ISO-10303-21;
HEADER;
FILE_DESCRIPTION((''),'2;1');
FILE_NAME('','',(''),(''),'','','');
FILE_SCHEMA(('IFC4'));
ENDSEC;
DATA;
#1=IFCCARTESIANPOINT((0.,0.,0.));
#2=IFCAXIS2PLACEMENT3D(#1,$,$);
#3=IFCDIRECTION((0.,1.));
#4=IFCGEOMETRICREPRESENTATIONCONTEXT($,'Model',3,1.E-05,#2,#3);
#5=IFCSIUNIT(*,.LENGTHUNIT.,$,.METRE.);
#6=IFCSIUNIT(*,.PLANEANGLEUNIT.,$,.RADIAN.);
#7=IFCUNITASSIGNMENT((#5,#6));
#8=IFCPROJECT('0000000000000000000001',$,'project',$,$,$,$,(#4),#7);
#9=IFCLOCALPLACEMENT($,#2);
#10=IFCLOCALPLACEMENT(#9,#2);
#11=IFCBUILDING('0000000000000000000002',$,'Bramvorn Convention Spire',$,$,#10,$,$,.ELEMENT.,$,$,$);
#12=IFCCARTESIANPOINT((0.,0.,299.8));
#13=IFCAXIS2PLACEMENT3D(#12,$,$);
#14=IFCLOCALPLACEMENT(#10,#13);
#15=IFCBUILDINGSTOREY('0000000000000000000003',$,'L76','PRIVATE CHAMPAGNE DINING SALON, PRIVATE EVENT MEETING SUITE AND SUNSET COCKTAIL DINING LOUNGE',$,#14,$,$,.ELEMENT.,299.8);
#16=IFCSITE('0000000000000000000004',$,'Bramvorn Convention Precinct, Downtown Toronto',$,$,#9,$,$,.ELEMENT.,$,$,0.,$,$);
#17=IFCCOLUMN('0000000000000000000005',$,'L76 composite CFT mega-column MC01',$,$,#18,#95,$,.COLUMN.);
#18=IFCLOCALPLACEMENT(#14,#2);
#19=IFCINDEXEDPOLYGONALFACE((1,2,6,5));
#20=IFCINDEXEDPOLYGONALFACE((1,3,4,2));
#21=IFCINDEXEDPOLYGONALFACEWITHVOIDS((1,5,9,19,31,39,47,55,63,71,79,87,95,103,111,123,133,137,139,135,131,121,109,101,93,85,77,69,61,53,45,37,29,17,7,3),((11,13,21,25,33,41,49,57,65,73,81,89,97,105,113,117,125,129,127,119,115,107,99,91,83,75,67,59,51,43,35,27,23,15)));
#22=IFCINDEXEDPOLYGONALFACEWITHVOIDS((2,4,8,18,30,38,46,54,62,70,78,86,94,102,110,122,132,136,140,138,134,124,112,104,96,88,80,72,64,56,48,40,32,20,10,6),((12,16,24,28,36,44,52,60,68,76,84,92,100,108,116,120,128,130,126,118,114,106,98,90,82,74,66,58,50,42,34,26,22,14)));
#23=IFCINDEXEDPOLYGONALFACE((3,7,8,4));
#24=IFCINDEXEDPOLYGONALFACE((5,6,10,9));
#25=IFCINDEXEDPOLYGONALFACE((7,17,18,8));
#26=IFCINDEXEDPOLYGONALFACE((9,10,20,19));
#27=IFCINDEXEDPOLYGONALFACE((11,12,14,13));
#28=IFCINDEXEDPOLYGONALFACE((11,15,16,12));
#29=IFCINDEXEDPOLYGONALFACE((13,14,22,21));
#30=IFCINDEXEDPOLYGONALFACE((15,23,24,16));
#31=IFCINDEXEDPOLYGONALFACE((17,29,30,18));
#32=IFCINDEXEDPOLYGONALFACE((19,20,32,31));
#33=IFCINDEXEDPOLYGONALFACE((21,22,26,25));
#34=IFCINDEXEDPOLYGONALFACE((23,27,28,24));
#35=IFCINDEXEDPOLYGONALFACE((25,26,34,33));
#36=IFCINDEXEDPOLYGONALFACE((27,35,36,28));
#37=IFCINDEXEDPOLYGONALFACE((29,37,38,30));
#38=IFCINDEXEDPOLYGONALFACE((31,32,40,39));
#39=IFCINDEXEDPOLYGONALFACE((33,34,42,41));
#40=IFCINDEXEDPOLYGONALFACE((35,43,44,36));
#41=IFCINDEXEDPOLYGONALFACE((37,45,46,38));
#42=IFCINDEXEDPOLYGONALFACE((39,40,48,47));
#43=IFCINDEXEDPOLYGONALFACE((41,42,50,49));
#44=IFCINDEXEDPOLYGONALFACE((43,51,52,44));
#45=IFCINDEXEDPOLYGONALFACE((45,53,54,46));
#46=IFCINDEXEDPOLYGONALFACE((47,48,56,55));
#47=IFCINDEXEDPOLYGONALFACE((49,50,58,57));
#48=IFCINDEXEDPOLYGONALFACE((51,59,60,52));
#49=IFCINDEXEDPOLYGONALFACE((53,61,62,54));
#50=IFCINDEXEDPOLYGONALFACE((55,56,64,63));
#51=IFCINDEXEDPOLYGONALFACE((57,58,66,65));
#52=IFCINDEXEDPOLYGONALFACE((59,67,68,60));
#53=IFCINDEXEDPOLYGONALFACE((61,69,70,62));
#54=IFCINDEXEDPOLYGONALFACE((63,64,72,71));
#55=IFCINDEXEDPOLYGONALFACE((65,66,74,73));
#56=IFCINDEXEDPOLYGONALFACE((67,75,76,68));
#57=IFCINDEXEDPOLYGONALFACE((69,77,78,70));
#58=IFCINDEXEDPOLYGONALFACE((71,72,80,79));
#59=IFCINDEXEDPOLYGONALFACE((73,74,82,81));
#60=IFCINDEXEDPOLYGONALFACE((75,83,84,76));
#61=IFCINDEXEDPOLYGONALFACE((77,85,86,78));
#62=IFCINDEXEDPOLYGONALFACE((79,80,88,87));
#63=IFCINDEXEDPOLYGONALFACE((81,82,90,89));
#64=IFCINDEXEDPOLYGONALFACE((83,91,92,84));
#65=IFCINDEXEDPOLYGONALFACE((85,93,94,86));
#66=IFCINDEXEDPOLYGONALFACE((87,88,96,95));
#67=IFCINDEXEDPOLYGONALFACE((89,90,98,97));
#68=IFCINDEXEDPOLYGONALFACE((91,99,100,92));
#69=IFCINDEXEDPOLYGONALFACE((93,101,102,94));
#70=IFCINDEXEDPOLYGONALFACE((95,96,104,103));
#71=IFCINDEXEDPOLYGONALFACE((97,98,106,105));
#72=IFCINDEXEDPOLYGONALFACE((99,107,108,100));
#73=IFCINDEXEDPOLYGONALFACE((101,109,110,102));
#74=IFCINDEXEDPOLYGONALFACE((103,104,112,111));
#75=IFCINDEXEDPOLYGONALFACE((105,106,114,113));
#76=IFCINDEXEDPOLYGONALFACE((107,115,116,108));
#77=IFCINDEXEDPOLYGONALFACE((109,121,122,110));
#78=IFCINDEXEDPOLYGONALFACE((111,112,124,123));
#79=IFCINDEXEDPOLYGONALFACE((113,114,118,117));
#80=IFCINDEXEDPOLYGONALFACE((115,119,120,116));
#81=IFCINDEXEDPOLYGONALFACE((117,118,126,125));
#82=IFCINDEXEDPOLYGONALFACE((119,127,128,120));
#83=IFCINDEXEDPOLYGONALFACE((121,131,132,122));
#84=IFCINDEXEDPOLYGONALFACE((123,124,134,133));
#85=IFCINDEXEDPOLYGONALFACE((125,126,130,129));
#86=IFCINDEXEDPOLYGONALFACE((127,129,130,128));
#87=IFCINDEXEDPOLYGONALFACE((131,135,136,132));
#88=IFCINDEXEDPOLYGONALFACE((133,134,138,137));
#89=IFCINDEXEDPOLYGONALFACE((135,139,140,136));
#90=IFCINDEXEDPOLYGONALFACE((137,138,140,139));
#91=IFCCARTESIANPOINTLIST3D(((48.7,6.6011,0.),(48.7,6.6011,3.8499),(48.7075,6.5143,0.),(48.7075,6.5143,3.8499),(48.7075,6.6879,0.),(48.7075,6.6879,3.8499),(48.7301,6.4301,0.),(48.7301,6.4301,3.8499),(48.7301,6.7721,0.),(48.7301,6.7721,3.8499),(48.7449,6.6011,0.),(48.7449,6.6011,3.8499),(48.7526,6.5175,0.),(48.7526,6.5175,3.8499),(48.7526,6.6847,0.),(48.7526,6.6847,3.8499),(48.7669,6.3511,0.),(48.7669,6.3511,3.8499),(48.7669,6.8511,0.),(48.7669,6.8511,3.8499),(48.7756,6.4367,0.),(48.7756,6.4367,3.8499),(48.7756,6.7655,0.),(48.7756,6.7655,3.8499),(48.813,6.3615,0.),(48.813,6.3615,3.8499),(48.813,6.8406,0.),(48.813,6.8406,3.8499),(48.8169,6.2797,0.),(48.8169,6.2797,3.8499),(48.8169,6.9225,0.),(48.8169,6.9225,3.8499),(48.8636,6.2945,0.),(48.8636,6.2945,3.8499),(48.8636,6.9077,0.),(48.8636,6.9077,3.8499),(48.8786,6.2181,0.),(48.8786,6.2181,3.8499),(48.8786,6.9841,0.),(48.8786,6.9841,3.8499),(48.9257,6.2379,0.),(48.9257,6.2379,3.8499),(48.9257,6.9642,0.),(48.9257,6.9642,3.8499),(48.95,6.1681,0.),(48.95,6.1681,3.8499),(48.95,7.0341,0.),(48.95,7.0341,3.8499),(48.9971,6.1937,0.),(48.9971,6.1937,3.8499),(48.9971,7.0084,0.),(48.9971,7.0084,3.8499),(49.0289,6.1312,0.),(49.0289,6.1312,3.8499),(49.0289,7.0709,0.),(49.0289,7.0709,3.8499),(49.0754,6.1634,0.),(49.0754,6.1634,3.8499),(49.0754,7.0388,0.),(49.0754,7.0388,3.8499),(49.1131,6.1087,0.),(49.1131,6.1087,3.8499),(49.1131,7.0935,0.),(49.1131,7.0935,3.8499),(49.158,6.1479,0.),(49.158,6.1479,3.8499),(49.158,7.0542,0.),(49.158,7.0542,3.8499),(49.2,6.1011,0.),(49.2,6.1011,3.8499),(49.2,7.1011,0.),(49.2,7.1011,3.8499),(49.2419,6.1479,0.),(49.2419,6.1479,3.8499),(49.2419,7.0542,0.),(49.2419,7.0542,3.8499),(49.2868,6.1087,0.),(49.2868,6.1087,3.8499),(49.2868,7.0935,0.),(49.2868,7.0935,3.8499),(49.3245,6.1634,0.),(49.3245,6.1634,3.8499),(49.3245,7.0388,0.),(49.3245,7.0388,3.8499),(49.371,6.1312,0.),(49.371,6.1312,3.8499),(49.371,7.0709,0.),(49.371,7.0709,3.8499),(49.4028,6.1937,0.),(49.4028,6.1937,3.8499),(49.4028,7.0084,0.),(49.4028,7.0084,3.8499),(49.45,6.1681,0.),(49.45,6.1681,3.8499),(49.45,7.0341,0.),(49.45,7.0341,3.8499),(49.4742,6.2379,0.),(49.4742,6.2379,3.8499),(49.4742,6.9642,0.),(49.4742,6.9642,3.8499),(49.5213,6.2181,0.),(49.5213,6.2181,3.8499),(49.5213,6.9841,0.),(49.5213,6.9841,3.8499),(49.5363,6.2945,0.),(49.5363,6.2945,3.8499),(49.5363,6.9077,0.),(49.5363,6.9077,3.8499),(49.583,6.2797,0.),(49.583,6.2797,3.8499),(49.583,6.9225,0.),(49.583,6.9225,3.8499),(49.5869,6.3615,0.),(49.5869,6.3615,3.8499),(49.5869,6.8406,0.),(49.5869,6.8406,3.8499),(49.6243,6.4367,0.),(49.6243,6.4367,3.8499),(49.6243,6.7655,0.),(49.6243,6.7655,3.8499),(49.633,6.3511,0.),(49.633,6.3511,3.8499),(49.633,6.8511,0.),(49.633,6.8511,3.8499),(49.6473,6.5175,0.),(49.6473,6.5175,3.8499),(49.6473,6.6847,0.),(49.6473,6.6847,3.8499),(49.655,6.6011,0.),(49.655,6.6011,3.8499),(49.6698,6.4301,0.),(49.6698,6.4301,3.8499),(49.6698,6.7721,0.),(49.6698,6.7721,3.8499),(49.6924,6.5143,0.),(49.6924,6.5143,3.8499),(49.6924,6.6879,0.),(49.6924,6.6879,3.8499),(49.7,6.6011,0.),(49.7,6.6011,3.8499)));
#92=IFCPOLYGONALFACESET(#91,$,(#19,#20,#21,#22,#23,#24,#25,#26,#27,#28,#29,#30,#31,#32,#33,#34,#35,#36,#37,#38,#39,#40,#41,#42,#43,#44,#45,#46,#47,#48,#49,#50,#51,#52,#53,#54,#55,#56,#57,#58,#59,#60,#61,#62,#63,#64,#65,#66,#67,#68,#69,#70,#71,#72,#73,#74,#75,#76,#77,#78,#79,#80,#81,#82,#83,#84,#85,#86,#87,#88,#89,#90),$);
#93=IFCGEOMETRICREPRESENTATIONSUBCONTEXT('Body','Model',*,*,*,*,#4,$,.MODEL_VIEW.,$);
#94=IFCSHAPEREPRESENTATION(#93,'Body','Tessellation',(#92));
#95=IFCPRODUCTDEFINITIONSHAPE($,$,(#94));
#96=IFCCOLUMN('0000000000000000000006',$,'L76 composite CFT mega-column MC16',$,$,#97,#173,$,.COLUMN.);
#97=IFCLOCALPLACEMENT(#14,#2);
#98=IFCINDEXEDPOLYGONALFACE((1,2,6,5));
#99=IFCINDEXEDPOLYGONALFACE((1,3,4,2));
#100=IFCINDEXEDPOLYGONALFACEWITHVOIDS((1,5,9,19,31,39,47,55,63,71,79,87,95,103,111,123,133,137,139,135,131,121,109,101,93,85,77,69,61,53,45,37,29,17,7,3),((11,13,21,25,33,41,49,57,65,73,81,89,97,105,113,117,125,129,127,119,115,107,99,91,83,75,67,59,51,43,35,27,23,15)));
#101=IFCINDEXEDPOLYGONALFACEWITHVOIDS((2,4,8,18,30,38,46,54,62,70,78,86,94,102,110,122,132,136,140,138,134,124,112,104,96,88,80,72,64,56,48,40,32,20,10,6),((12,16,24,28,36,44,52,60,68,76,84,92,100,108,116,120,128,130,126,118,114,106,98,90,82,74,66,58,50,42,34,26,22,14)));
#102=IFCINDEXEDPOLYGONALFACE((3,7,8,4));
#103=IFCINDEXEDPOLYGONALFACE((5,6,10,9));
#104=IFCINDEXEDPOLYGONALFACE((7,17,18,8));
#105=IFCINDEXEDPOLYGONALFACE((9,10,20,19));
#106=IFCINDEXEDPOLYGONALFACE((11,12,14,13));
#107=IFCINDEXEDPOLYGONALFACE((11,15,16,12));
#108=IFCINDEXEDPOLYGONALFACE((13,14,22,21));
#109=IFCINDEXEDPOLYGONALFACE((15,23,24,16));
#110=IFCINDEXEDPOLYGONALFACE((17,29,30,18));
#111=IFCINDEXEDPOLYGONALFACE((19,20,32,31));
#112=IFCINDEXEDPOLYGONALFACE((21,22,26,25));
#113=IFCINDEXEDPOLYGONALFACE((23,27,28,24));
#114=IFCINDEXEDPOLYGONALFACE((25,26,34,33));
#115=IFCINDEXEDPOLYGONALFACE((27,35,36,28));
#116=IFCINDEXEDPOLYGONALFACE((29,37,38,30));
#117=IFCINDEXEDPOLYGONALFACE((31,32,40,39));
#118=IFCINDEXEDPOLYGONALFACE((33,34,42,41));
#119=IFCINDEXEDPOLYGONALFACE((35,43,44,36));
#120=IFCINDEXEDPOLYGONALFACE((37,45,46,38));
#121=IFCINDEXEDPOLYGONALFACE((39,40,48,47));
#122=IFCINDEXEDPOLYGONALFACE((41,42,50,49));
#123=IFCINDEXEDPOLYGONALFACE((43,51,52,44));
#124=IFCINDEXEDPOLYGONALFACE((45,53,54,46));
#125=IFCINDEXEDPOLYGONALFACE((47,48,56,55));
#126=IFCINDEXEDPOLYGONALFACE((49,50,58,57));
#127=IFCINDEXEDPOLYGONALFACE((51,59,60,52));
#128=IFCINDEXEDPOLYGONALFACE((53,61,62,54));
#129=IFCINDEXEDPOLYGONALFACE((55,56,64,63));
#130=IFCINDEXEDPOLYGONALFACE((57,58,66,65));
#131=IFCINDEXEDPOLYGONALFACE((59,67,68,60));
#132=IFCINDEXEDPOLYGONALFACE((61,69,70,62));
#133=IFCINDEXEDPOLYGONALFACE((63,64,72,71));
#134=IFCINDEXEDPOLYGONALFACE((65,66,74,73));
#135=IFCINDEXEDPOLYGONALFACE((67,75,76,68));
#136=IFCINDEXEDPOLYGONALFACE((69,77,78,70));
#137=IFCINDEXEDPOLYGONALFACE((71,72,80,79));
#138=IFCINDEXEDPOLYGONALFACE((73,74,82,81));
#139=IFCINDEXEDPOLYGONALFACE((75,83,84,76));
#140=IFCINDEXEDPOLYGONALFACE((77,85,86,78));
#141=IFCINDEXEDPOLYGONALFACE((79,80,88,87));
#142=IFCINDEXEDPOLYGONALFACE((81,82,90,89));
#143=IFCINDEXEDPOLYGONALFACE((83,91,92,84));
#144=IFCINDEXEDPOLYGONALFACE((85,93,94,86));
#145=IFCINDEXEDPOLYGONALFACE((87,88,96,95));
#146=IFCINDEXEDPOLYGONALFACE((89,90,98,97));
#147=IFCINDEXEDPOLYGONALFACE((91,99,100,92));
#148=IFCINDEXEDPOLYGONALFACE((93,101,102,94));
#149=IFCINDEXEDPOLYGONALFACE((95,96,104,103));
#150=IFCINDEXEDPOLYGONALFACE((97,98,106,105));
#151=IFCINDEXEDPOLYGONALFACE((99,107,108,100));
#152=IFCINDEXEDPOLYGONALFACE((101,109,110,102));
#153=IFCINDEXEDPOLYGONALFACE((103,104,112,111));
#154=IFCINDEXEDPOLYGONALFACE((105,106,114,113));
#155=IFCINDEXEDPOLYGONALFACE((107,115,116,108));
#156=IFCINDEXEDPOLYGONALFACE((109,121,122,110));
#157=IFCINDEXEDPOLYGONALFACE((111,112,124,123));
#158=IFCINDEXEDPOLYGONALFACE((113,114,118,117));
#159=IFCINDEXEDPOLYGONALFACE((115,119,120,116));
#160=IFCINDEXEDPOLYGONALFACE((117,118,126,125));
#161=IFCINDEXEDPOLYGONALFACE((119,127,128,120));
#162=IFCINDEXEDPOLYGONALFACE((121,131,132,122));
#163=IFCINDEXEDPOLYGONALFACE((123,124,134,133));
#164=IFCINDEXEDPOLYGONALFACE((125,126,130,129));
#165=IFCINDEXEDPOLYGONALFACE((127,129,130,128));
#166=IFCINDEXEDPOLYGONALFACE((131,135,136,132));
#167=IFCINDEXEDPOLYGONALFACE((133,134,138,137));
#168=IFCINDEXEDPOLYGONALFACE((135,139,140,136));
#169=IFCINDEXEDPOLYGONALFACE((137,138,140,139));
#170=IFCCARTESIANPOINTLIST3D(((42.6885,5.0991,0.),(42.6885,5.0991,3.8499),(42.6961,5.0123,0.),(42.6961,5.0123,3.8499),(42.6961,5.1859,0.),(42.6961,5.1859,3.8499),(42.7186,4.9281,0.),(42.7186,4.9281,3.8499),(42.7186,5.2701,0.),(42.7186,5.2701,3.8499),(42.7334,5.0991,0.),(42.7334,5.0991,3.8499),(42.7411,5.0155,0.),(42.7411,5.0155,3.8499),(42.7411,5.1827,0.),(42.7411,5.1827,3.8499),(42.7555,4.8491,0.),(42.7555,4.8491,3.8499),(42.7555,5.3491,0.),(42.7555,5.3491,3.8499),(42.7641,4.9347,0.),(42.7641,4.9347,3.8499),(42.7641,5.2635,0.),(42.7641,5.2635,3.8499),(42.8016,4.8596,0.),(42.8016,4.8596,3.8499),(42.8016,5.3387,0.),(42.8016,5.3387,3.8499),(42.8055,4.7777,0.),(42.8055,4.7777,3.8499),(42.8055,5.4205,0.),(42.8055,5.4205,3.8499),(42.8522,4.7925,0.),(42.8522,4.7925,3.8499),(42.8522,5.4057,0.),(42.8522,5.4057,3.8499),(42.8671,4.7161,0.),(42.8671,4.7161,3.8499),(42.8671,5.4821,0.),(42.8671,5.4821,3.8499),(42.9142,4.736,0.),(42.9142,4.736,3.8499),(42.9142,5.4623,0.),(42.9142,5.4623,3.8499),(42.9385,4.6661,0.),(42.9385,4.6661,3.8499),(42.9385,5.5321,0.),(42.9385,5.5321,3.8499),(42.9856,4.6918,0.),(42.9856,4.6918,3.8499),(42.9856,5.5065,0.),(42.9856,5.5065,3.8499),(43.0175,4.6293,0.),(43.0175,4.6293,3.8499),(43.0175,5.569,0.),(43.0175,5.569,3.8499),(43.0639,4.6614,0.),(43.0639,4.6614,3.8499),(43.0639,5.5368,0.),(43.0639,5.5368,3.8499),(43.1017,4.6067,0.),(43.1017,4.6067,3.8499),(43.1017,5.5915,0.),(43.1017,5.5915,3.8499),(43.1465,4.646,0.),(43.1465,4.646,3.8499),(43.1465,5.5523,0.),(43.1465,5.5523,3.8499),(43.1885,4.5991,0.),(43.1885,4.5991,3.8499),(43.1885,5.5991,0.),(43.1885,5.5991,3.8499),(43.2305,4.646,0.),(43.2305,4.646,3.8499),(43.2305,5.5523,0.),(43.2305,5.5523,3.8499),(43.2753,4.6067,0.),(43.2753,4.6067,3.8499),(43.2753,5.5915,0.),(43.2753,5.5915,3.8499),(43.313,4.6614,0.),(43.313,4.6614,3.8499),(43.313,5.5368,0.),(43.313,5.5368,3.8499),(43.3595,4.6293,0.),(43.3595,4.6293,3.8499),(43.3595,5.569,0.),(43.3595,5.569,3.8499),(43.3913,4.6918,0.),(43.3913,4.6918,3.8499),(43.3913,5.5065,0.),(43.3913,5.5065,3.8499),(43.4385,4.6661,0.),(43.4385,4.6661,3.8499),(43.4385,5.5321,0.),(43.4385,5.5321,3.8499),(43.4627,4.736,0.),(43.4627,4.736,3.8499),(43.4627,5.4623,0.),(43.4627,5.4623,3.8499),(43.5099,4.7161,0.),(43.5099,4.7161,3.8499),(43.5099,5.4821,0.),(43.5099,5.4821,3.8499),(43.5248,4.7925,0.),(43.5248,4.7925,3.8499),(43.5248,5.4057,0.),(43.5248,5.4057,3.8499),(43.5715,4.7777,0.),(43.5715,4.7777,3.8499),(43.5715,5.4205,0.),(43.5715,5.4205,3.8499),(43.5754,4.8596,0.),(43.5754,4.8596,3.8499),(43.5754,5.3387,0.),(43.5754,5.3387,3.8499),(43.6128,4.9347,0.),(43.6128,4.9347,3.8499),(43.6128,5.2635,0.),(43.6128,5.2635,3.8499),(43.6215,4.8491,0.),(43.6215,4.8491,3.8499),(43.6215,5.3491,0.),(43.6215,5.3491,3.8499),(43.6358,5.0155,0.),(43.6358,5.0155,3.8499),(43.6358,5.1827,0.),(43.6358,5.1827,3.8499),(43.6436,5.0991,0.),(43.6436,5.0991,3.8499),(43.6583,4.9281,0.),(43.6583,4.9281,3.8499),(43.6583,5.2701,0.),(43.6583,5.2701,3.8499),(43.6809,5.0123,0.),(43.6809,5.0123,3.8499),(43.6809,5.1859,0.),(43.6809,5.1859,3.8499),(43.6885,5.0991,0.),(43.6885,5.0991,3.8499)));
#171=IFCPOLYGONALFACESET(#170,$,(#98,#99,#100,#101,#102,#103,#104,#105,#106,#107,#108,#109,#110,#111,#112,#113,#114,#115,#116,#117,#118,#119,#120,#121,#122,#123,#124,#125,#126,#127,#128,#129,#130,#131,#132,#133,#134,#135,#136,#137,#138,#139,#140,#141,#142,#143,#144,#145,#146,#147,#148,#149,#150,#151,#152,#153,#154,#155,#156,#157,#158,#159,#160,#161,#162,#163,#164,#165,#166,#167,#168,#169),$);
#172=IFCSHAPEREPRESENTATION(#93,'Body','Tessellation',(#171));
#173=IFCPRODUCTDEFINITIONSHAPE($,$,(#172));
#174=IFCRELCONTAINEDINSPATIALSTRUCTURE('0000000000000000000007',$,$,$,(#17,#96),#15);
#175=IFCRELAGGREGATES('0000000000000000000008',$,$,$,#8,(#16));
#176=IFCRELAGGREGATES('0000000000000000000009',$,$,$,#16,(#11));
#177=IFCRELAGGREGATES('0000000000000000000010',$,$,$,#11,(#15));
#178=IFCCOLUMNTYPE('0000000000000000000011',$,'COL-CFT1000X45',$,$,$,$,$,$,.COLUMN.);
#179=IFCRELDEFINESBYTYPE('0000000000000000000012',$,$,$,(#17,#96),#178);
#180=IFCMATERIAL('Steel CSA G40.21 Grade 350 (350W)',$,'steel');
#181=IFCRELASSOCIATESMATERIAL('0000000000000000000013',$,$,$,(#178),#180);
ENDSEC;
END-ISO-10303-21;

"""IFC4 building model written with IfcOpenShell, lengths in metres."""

from ifc_helpers import new_model, si_unit, direction, frame, origin, origin_2d, place, context, subcontext, project, spatial, hollow_circle, extrude, material, material_profile, profile_set, type_object, element, save


model = new_model("IFC4")

# Units and contexts
model_context = context("Model", 3, precision=1e-05, world=origin(), true_north=direction((0.0, 1.0)))
body_context = subcontext(model_context, "Body", "Model", "MODEL_VIEW")
ifc_project = project(units=[si_unit("LENGTHUNIT", "METRE"), si_unit("PLANEANGLEUNIT", "RADIAN")], contexts=[model_context])

# Site, building, storey
site_placement = place(None, origin())
site = spatial("IfcSite", under=ifc_project, at=site_placement, Name="Bramvorn Convention Precinct, Downtown Toronto", CompositionType="ELEMENT", RefElevation=0.0)
building_placement = place(site_placement, origin())
building = spatial("IfcBuilding", under=site, at=building_placement, Name="Bramvorn Convention Spire", CompositionType="ELEMENT")
storey_placement = place(building_placement, frame((0.0, 0.0, 299.8)))
storey = spatial("IfcBuildingStorey", under=building, at=storey_placement, Name="L76", Description="PRIVATE CHAMPAGNE DINING SALON, PRIVATE EVENT MEETING SUITE AND SUNSET COCKTAIL DINING LOUNGE", CompositionType="ELEMENT", Elevation=299.8)

# Columns
ifc_material_1 = material(Name="Steel CSA G40.21 Grade 350 (350W)", Category="steel")
ifc_material_profile_1 = material_profile(ifc_material_1, hollow_circle(Radius=0.5, WallThickness=0.0449, at=origin_2d()))
ifc_profile_set_1 = profile_set([ifc_material_profile_1], Name="Steel CSA G40.21 Grade 350 (350W) - CFT1000X45")
column_type = type_object("IfcColumnType", Name="COL-CFT1000X45", PredefinedType="COLUMN", material=ifc_profile_set_1)
for number, where, z_axis, x_axis, name in (
    (1, (49.2, 6.6011, 0.0), (0.0, 0.0, 1.0), (1.0, 0.0, 0.0), "L76 composite CFT mega-column MC01"),
    (2, (43.1885, 5.0991, 0.0), (0.0, 0.0, 1.0), (1.0, 0.0, 0.0), "L76 composite CFT mega-column MC16"),
):
    element("IfcColumn", number, at=place(storey_placement, frame(where, z_axis=z_axis, x_axis=x_axis)), inside=storey, type_object=column_type, Name=name, PredefinedType="COLUMN", context=body_context, shape_type="SweptSolid", body=[
        extrude(hollow_circle(Radius=0.5, WallThickness=0.0449, at=origin_2d()), origin(), (0.0, 0.0, 1.0), 3.8499),
    ])

save(model, "model.ifc")
